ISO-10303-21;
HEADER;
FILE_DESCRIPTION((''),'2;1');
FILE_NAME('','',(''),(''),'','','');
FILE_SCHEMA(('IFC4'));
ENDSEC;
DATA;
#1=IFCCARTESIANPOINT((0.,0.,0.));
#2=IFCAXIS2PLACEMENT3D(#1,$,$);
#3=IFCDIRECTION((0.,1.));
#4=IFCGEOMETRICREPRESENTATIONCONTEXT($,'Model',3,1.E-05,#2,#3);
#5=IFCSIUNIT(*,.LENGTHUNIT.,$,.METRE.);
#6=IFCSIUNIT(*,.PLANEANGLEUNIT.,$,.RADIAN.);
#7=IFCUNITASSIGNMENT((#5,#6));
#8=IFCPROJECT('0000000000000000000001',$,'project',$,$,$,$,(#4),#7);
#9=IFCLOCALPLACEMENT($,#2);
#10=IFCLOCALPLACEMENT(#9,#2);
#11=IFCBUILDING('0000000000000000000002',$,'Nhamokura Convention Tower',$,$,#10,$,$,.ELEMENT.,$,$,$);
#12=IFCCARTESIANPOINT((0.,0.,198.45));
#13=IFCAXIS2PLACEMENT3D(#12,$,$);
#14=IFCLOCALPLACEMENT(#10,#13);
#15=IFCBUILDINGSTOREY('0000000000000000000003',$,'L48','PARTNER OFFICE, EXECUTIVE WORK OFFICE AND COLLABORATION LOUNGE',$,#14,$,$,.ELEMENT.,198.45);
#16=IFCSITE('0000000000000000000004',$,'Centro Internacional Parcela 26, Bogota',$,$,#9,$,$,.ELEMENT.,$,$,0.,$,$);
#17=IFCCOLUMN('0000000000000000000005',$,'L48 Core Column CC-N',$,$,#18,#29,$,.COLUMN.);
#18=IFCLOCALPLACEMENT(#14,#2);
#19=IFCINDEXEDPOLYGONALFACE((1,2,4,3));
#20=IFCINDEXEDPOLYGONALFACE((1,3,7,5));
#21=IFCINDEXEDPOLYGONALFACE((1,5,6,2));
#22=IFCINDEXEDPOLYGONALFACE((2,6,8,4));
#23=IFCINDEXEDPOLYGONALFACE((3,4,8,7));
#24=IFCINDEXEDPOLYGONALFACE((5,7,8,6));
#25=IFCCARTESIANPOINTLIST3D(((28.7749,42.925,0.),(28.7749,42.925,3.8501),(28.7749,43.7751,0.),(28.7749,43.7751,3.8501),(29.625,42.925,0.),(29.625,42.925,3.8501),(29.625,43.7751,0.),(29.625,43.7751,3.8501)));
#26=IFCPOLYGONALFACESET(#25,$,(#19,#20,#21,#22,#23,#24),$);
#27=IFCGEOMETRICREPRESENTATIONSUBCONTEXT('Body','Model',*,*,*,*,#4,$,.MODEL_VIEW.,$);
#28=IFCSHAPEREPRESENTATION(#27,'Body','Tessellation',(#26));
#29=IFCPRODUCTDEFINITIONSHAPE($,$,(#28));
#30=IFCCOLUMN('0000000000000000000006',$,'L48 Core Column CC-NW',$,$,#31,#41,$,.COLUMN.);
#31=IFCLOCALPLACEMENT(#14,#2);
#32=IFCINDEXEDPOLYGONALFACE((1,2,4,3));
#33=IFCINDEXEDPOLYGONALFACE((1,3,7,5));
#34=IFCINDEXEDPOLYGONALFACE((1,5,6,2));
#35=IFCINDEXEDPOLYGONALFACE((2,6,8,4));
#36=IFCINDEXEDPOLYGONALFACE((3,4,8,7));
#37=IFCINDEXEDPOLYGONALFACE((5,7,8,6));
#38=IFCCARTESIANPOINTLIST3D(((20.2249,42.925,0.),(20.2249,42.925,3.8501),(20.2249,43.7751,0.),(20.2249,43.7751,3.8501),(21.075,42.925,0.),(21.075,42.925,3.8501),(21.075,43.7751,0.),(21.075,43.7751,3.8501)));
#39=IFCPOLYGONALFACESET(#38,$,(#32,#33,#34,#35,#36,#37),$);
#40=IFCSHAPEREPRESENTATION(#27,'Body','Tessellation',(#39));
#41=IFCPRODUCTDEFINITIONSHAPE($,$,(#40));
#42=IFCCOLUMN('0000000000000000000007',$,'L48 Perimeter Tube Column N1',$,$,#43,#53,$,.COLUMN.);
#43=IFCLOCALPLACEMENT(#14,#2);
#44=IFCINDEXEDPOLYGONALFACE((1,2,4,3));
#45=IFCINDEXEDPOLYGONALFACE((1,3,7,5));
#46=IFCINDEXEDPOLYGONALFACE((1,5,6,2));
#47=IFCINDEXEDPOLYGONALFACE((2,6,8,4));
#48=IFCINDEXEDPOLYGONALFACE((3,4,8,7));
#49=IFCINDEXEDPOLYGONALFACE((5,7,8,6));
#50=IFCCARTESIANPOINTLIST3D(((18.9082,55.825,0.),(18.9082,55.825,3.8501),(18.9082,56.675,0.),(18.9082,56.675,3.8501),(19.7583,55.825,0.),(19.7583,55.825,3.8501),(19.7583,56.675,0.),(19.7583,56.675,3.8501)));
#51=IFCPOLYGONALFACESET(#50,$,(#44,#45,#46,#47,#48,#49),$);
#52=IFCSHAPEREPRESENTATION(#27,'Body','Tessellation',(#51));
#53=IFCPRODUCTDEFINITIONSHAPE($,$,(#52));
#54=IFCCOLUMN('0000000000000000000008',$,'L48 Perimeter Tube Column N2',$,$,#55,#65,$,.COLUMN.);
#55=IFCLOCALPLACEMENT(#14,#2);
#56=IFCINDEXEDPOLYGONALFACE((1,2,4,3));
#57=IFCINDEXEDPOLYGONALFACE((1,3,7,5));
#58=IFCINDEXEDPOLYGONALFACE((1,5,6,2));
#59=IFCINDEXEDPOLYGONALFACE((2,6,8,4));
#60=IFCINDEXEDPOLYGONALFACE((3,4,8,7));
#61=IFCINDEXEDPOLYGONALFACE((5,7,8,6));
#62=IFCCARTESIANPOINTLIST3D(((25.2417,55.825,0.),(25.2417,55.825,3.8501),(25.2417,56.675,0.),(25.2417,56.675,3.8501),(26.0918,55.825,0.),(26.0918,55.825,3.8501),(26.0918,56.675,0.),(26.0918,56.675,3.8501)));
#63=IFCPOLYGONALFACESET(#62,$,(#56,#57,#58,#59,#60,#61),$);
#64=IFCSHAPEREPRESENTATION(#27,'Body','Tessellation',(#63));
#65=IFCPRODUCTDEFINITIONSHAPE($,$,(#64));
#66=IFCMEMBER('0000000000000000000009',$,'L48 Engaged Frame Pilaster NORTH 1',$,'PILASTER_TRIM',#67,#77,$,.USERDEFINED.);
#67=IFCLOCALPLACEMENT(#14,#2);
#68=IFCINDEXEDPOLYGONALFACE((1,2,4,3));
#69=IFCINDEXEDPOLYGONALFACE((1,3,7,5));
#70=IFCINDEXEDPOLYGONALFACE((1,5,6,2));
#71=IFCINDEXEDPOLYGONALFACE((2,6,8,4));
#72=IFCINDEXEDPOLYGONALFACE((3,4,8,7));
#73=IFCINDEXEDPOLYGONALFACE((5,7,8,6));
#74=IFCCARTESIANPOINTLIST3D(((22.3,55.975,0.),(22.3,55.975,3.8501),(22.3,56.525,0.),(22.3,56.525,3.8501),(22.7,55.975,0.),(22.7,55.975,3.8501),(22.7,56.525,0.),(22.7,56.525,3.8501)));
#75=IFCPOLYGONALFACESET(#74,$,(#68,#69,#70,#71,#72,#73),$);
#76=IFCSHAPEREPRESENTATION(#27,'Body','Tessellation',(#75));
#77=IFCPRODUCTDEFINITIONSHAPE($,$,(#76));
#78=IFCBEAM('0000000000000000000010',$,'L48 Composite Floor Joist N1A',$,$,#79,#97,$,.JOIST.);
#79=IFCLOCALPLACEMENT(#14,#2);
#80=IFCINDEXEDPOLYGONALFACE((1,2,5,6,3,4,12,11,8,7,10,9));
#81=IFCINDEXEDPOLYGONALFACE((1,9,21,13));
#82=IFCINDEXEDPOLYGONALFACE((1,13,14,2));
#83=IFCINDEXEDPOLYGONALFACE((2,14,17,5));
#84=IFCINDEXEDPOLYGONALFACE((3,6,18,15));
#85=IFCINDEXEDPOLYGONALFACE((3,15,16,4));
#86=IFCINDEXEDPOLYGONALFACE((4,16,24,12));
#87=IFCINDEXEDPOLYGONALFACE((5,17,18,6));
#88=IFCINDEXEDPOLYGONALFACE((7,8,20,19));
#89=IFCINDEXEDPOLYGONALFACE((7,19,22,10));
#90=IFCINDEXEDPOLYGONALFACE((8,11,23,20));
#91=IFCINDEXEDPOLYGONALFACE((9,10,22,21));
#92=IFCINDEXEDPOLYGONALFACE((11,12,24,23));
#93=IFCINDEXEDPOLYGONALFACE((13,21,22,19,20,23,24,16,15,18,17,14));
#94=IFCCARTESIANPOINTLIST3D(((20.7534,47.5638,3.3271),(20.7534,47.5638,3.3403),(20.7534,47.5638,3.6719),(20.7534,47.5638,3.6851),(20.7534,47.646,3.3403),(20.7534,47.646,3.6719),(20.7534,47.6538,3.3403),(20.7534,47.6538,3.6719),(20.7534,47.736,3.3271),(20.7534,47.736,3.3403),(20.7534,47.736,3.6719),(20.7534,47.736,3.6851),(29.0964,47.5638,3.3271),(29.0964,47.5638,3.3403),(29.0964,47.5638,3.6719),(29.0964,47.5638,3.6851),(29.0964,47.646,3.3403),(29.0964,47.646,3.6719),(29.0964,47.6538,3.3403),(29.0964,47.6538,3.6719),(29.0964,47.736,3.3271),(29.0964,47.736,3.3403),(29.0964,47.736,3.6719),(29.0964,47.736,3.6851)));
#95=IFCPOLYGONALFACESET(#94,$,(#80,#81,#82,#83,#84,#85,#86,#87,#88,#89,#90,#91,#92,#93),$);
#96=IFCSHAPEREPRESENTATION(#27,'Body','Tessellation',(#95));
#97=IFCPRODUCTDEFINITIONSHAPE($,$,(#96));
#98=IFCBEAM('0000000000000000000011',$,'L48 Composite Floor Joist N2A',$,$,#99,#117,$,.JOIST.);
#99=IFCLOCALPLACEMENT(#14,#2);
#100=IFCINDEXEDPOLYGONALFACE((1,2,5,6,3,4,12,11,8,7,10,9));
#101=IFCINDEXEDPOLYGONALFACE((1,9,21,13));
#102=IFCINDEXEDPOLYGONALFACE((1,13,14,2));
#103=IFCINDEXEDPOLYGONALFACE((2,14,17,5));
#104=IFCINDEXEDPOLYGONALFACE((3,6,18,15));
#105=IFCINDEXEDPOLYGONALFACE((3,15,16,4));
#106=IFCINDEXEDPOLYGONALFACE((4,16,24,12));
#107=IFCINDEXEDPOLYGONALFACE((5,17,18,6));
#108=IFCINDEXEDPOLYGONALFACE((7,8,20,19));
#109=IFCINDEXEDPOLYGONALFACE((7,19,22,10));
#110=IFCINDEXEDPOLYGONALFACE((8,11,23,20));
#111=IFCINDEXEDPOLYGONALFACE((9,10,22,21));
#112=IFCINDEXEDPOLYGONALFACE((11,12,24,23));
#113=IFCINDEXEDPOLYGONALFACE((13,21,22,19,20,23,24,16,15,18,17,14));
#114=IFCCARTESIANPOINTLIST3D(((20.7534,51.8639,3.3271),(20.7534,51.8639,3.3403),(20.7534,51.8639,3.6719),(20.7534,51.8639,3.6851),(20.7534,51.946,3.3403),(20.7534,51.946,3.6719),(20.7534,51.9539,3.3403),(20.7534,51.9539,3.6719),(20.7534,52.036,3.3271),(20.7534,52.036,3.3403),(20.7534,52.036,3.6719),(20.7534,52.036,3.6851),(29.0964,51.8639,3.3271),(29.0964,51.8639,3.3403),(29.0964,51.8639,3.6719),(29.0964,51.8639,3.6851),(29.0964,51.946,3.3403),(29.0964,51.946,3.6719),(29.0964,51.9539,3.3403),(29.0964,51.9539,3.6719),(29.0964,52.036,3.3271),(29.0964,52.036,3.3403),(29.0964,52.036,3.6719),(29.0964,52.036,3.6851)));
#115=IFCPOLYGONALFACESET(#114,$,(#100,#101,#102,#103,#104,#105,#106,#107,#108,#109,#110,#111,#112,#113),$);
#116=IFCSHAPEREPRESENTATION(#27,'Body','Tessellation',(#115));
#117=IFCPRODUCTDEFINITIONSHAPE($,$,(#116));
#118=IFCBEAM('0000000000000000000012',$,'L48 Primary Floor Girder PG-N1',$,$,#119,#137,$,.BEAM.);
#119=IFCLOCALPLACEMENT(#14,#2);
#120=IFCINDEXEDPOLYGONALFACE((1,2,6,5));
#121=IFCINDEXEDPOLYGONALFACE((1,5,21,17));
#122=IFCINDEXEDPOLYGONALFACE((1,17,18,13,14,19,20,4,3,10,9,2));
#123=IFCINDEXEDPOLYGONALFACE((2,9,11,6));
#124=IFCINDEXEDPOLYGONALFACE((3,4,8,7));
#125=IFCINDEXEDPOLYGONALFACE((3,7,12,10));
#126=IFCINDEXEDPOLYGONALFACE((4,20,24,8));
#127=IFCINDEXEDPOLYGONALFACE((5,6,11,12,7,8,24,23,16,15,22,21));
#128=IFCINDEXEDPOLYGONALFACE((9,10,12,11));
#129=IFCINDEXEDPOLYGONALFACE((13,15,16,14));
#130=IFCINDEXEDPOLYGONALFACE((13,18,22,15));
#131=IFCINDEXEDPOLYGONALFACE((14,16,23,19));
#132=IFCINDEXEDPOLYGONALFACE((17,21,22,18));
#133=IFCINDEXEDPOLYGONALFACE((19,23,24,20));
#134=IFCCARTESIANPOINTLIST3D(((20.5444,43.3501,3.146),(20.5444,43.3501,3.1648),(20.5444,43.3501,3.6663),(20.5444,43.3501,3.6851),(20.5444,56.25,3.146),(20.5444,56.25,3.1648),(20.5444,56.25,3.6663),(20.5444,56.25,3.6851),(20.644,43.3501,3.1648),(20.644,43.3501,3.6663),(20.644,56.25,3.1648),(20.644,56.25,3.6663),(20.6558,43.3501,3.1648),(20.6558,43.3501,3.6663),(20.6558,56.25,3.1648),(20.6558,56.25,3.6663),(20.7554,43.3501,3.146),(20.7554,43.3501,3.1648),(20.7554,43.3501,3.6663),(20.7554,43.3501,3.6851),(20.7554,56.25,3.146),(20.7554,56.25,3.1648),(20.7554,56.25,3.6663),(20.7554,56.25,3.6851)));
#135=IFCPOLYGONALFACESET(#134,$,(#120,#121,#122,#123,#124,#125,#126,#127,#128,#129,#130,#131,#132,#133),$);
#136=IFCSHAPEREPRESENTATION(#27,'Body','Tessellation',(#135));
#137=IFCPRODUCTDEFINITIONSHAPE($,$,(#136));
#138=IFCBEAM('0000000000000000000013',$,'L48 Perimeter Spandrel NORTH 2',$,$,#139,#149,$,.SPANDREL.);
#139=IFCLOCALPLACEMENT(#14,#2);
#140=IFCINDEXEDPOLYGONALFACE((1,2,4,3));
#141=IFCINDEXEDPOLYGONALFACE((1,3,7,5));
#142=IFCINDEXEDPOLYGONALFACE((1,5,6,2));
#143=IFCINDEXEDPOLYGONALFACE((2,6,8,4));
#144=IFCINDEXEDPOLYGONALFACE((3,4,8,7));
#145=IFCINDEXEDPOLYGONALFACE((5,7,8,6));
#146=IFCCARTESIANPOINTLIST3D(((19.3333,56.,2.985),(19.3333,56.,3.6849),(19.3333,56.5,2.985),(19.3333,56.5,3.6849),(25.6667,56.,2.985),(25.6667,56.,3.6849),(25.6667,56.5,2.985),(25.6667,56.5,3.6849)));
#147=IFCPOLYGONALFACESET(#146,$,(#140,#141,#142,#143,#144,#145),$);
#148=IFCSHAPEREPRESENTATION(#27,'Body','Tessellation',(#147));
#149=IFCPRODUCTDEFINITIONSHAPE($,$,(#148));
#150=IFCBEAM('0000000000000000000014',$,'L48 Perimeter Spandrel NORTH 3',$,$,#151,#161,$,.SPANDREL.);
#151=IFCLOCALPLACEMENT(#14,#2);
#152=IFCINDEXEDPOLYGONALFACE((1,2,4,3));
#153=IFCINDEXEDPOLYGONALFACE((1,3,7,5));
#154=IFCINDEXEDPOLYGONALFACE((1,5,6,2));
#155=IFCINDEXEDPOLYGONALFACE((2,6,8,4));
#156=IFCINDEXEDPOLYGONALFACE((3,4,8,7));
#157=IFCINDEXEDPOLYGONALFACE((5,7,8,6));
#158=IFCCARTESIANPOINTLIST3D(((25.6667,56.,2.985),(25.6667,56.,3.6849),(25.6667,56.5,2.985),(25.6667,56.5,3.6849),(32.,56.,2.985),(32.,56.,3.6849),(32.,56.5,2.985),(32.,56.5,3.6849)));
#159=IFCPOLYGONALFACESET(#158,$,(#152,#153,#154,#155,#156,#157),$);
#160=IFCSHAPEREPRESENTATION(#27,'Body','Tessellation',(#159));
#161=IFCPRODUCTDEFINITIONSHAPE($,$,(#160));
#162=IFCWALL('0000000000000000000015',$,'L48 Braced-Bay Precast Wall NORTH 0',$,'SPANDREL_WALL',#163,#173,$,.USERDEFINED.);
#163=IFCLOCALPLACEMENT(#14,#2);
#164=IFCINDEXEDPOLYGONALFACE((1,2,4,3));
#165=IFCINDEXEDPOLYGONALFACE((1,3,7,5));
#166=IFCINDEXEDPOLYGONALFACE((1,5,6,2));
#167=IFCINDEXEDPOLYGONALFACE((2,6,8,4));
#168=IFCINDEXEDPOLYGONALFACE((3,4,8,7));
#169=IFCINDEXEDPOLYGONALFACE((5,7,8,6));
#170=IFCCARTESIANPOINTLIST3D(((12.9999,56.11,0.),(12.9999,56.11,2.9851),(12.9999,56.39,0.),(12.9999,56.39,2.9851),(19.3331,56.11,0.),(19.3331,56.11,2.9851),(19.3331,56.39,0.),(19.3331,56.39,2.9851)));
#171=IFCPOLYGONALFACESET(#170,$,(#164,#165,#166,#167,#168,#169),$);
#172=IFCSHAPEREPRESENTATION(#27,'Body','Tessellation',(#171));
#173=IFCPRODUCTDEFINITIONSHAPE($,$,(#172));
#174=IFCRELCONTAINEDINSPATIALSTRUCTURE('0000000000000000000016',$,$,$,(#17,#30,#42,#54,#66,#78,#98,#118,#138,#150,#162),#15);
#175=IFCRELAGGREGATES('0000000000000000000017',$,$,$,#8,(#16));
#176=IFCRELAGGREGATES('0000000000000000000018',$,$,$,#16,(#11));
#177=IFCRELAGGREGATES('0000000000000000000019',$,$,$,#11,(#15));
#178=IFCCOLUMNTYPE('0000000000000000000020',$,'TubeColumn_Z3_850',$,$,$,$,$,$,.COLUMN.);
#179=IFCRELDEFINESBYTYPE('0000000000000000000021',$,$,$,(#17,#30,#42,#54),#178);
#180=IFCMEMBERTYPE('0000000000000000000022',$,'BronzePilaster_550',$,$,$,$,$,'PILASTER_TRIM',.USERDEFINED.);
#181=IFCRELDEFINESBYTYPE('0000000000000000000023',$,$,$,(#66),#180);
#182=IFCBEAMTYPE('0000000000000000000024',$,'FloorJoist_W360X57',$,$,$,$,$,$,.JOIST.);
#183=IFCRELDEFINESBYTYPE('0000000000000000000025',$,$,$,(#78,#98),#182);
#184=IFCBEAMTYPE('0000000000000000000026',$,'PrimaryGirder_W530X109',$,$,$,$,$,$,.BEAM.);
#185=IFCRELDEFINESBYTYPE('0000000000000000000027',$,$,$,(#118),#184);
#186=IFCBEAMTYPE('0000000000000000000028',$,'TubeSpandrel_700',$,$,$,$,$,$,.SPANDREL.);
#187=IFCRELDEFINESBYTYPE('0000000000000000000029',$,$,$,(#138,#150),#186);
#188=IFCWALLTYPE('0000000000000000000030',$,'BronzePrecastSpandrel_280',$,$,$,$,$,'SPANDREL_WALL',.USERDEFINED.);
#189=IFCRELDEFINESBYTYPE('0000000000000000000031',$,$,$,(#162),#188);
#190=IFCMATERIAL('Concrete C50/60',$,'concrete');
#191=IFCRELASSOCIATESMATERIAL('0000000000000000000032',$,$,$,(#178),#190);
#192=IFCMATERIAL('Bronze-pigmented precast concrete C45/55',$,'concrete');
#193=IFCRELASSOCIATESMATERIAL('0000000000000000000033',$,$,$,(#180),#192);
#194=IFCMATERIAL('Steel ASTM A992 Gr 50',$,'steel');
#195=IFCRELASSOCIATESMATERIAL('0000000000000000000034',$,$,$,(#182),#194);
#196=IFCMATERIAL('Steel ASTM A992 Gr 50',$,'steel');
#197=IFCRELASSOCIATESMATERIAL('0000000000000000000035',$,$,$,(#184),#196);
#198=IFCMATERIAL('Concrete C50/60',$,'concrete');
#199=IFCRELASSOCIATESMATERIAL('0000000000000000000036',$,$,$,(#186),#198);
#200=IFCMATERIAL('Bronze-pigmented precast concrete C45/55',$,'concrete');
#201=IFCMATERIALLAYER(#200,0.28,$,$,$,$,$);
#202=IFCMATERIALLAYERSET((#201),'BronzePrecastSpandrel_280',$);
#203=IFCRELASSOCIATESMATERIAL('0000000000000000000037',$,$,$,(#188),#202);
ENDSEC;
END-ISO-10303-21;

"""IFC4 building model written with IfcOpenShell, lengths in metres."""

from ifc_helpers import new_model, si_unit, direction, frame, frame_2d, origin, origin_2d, place, context, subcontext, project, spatial, rectangle, i_section, extrude, material, layer, layer_set, material_profile, profile_set, type_object, element, save


model = new_model("IFC4")

# Units and contexts
model_context = context("Model", 3, precision=1e-05, world=origin(), true_north=direction((0.0, 1.0)))
body_context = subcontext(model_context, "Body", "Model", "MODEL_VIEW")
ifc_project = project(units=[si_unit("LENGTHUNIT", "METRE"), si_unit("PLANEANGLEUNIT", "RADIAN")], contexts=[model_context])

# Site, building, storey
site_placement = place(None, origin())
site = spatial("IfcSite", under=ifc_project, at=site_placement, Name="Centro Internacional Parcela 26, Bogota", CompositionType="ELEMENT", RefElevation=0.0)
building_placement = place(site_placement, origin())
building = spatial("IfcBuilding", under=site, at=building_placement, Name="Nhamokura Convention Tower", CompositionType="ELEMENT")
storey_placement = place(building_placement, frame((0.0, 0.0, 198.45)))
storey = spatial("IfcBuildingStorey", under=building, at=storey_placement, Name="L48", Description="PARTNER OFFICE, EXECUTIVE WORK OFFICE AND COLLABORATION LOUNGE", CompositionType="ELEMENT", Elevation=198.45)

# Columns
ifc_material_1 = material(Name="Concrete C50/60", Category="concrete")
ifc_material_profile_1 = material_profile(ifc_material_1, rectangle(XDim=0.8501, YDim=0.8501, at=origin_2d()))
ifc_profile_set_1 = profile_set([ifc_material_profile_1], Name="Concrete C50/60")
column_type = type_object("IfcColumnType", Name="TubeColumn_Z3_850", PredefinedType="COLUMN", material=ifc_profile_set_1)
for number, where, z_axis, x_axis, name in (
    (1, (29.2, 43.3501, 0.0), (0.0, 0.0, 1.0), (1.0, 0.0, 0.0), "L48 Core Column CC-N"),
    (2, (20.6499, 43.3501, 0.0), (0.0, 0.0, 1.0), (1.0, 0.0, 0.0), "L48 Core Column CC-NW"),
    (3, (19.3333, 56.25, 0.0), (0.0, 0.0, 1.0), (1.0, 0.0, 0.0), "L48 Perimeter Tube Column N1"),
    (4, (25.6667, 56.25, 0.0), (0.0, 0.0, 1.0), (1.0, 0.0, 0.0), "L48 Perimeter Tube Column N2"),
):
    element("IfcColumn", number, at=place(storey_placement, frame(where, z_axis=z_axis, x_axis=x_axis)), inside=storey, type_object=column_type, Name=name, PredefinedType="COLUMN", context=body_context, shape_type="SweptSolid", body=[
        extrude(rectangle(XDim=0.8501, YDim=0.8501, at=origin_2d()), origin(), (0.0, 0.0, 1.0), 3.8501),
    ])

# Member
ifc_material_2 = material(Name="Bronze-pigmented precast concrete C45/55", Category="concrete")
ifc_material_profile_2 = material_profile(ifc_material_2, rectangle(XDim=0.3999, YDim=0.55, at=origin_2d()))
ifc_profile_set_2 = profile_set([ifc_material_profile_2], Name="Bronze-pigmented precast concrete C45/55")
member_type = type_object("IfcMemberType", Name="BronzePilaster_550", ElementType="PILASTER_TRIM", PredefinedType="USERDEFINED", material=ifc_profile_set_2)
member_placement = place(storey_placement, frame((22.5, 56.25, 0.0), z_axis=(0.0, 0.0, 1.0), x_axis=(1.0, 0.0, 0.0)))
element("IfcMember", 5, at=member_placement, inside=storey, type_object=member_type, Name="L48 Engaged Frame Pilaster NORTH 1", ObjectType="PILASTER_TRIM", PredefinedType="USERDEFINED", context=body_context, shape_type="SweptSolid", body=[
    extrude(rectangle(XDim=0.3999, YDim=0.55, at=origin_2d()), origin(), (0.0, 0.0, 1.0), 3.8501),
])

# Beams
ifc_material_3 = material(Name="Steel ASTM A992 Gr 50", Category="steel")
ifc_material_profile_3 = material_profile(ifc_material_3, i_section(OverallWidth=0.1721, OverallDepth=0.3579, WebThickness=0.0078, FlangeThickness=0.0132, at=origin_2d()))
ifc_profile_set_3 = profile_set([ifc_material_profile_3], Name="Steel ASTM A992 Gr 50")
beam_type_1 = type_object("IfcBeamType", Name="FloorJoist_W360X57", PredefinedType="JOIST", material=ifc_profile_set_3)
for number, where, z_axis, x_axis, name in (
    (6, (20.7534, 47.6499, 3.5061), (1.0, 0.0, 0.0), (0.0, 1.0, 0.0), "L48 Composite Floor Joist N1A"),
    (7, (20.7534, 51.95, 3.5061), (1.0, 0.0, 0.0), (0.0, 1.0, 0.0), "L48 Composite Floor Joist N2A"),
):
    element("IfcBeam", number, at=place(storey_placement, frame(where, z_axis=z_axis, x_axis=x_axis)), inside=storey, type_object=beam_type_1, Name=name, PredefinedType="JOIST", context=body_context, shape_type="SweptSolid", body=[
        extrude(i_section(OverallWidth=0.1721, OverallDepth=0.3579, WebThickness=0.0078, FlangeThickness=0.0132, at=origin_2d()), origin(), (0.0, 0.0, 1.0), 8.343),
    ])
ifc_material_4 = material(Name="Steel ASTM A992 Gr 50", Category="steel")
ifc_material_profile_4 = material_profile(ifc_material_4, i_section(OverallWidth=0.2109, OverallDepth=0.5391, WebThickness=0.0117, FlangeThickness=0.0188, at=origin_2d()))
ifc_profile_set_4 = profile_set([ifc_material_profile_4], Name="Steel ASTM A992 Gr 50")
beam_type_2 = type_object("IfcBeamType", Name="PrimaryGirder_W530X109", PredefinedType="BEAM", material=ifc_profile_set_4)
beam_1_placement = place(storey_placement, frame((20.6499, 43.3501, 3.4155), z_axis=(0.0, 1.0, 0.0), x_axis=(-1.0, 0.0, 0.0)))
element("IfcBeam", 8, at=beam_1_placement, inside=storey, type_object=beam_type_2, Name="L48 Primary Floor Girder PG-N1", PredefinedType="BEAM", context=body_context, shape_type="SweptSolid", body=[
    extrude(i_section(OverallWidth=0.2109, OverallDepth=0.5391, WebThickness=0.0117, FlangeThickness=0.0188, at=origin_2d()), origin(), (0.0, 0.0, 1.0), 12.8999),
])
ifc_material_5 = material(Name="Concrete C50/60", Category="concrete")
ifc_material_profile_5 = material_profile(ifc_material_5, rectangle(XDim=0.5, YDim=0.7, at=origin_2d()))
ifc_profile_set_5 = profile_set([ifc_material_profile_5], Name="Concrete C50/60")
beam_type_3 = type_object("IfcBeamType", Name="TubeSpandrel_700", PredefinedType="SPANDREL", material=ifc_profile_set_5)
beam_2_placement = place(storey_placement, frame((19.3333, 56.25, 3.335), z_axis=(1.0, 0.0, 0.0), x_axis=(0.0, 1.0, 0.0)))
element("IfcBeam", 9, at=beam_2_placement, inside=storey, type_object=beam_type_3, Name="L48 Perimeter Spandrel NORTH 2", PredefinedType="SPANDREL", context=body_context, shape_type="SweptSolid", body=[
    extrude(rectangle(XDim=0.5, YDim=0.7, at=origin_2d()), origin(), (0.0, 0.0, 1.0), 6.3335),
])
beam_3_placement = place(storey_placement, frame((25.6667, 56.25, 3.335), z_axis=(1.0, 0.0, 0.0), x_axis=(0.0, 1.0, 0.0)))
element("IfcBeam", 10, at=beam_3_placement, inside=storey, type_object=beam_type_3, Name="L48 Perimeter Spandrel NORTH 3", PredefinedType="SPANDREL", context=body_context, shape_type="SweptSolid", body=[
    extrude(rectangle(XDim=0.5, YDim=0.7, at=origin_2d()), origin(), (0.0, 0.0, 1.0), 6.3333),
])

# Wall
ifc_material_6 = material(Name="Bronze-pigmented precast concrete C45/55", Category="concrete")
ifc_layer_1 = layer(ifc_material_6, 0.28)
ifc_layer_set_1 = layer_set([ifc_layer_1], Name="BronzePrecastSpandrel_280")
wall_type_1 = type_object("IfcWallType", Name="BronzePrecastSpandrel_280", ElementType="SPANDREL_WALL", PredefinedType="USERDEFINED", material=ifc_layer_set_1)
wall_1_placement = place(storey_placement, frame((13.0, 56.25, 0.0), z_axis=(0.0, 0.0, 1.0), x_axis=(1.0, 0.0, 0.0)))
element("IfcWall", 11, at=wall_1_placement, inside=storey, type_object=wall_type_1, Name="L48 Braced-Bay Precast Wall NORTH 0", ObjectType="SPANDREL_WALL", PredefinedType="USERDEFINED", context=body_context, shape_type="SweptSolid", body=[
    extrude(rectangle(XDim=6.3333, YDim=0.28, at=frame_2d((3.1665, 0.0))), origin(), (0.0, 0.0, 1.0), 2.9851),
])

save(model, "model.ifc")
